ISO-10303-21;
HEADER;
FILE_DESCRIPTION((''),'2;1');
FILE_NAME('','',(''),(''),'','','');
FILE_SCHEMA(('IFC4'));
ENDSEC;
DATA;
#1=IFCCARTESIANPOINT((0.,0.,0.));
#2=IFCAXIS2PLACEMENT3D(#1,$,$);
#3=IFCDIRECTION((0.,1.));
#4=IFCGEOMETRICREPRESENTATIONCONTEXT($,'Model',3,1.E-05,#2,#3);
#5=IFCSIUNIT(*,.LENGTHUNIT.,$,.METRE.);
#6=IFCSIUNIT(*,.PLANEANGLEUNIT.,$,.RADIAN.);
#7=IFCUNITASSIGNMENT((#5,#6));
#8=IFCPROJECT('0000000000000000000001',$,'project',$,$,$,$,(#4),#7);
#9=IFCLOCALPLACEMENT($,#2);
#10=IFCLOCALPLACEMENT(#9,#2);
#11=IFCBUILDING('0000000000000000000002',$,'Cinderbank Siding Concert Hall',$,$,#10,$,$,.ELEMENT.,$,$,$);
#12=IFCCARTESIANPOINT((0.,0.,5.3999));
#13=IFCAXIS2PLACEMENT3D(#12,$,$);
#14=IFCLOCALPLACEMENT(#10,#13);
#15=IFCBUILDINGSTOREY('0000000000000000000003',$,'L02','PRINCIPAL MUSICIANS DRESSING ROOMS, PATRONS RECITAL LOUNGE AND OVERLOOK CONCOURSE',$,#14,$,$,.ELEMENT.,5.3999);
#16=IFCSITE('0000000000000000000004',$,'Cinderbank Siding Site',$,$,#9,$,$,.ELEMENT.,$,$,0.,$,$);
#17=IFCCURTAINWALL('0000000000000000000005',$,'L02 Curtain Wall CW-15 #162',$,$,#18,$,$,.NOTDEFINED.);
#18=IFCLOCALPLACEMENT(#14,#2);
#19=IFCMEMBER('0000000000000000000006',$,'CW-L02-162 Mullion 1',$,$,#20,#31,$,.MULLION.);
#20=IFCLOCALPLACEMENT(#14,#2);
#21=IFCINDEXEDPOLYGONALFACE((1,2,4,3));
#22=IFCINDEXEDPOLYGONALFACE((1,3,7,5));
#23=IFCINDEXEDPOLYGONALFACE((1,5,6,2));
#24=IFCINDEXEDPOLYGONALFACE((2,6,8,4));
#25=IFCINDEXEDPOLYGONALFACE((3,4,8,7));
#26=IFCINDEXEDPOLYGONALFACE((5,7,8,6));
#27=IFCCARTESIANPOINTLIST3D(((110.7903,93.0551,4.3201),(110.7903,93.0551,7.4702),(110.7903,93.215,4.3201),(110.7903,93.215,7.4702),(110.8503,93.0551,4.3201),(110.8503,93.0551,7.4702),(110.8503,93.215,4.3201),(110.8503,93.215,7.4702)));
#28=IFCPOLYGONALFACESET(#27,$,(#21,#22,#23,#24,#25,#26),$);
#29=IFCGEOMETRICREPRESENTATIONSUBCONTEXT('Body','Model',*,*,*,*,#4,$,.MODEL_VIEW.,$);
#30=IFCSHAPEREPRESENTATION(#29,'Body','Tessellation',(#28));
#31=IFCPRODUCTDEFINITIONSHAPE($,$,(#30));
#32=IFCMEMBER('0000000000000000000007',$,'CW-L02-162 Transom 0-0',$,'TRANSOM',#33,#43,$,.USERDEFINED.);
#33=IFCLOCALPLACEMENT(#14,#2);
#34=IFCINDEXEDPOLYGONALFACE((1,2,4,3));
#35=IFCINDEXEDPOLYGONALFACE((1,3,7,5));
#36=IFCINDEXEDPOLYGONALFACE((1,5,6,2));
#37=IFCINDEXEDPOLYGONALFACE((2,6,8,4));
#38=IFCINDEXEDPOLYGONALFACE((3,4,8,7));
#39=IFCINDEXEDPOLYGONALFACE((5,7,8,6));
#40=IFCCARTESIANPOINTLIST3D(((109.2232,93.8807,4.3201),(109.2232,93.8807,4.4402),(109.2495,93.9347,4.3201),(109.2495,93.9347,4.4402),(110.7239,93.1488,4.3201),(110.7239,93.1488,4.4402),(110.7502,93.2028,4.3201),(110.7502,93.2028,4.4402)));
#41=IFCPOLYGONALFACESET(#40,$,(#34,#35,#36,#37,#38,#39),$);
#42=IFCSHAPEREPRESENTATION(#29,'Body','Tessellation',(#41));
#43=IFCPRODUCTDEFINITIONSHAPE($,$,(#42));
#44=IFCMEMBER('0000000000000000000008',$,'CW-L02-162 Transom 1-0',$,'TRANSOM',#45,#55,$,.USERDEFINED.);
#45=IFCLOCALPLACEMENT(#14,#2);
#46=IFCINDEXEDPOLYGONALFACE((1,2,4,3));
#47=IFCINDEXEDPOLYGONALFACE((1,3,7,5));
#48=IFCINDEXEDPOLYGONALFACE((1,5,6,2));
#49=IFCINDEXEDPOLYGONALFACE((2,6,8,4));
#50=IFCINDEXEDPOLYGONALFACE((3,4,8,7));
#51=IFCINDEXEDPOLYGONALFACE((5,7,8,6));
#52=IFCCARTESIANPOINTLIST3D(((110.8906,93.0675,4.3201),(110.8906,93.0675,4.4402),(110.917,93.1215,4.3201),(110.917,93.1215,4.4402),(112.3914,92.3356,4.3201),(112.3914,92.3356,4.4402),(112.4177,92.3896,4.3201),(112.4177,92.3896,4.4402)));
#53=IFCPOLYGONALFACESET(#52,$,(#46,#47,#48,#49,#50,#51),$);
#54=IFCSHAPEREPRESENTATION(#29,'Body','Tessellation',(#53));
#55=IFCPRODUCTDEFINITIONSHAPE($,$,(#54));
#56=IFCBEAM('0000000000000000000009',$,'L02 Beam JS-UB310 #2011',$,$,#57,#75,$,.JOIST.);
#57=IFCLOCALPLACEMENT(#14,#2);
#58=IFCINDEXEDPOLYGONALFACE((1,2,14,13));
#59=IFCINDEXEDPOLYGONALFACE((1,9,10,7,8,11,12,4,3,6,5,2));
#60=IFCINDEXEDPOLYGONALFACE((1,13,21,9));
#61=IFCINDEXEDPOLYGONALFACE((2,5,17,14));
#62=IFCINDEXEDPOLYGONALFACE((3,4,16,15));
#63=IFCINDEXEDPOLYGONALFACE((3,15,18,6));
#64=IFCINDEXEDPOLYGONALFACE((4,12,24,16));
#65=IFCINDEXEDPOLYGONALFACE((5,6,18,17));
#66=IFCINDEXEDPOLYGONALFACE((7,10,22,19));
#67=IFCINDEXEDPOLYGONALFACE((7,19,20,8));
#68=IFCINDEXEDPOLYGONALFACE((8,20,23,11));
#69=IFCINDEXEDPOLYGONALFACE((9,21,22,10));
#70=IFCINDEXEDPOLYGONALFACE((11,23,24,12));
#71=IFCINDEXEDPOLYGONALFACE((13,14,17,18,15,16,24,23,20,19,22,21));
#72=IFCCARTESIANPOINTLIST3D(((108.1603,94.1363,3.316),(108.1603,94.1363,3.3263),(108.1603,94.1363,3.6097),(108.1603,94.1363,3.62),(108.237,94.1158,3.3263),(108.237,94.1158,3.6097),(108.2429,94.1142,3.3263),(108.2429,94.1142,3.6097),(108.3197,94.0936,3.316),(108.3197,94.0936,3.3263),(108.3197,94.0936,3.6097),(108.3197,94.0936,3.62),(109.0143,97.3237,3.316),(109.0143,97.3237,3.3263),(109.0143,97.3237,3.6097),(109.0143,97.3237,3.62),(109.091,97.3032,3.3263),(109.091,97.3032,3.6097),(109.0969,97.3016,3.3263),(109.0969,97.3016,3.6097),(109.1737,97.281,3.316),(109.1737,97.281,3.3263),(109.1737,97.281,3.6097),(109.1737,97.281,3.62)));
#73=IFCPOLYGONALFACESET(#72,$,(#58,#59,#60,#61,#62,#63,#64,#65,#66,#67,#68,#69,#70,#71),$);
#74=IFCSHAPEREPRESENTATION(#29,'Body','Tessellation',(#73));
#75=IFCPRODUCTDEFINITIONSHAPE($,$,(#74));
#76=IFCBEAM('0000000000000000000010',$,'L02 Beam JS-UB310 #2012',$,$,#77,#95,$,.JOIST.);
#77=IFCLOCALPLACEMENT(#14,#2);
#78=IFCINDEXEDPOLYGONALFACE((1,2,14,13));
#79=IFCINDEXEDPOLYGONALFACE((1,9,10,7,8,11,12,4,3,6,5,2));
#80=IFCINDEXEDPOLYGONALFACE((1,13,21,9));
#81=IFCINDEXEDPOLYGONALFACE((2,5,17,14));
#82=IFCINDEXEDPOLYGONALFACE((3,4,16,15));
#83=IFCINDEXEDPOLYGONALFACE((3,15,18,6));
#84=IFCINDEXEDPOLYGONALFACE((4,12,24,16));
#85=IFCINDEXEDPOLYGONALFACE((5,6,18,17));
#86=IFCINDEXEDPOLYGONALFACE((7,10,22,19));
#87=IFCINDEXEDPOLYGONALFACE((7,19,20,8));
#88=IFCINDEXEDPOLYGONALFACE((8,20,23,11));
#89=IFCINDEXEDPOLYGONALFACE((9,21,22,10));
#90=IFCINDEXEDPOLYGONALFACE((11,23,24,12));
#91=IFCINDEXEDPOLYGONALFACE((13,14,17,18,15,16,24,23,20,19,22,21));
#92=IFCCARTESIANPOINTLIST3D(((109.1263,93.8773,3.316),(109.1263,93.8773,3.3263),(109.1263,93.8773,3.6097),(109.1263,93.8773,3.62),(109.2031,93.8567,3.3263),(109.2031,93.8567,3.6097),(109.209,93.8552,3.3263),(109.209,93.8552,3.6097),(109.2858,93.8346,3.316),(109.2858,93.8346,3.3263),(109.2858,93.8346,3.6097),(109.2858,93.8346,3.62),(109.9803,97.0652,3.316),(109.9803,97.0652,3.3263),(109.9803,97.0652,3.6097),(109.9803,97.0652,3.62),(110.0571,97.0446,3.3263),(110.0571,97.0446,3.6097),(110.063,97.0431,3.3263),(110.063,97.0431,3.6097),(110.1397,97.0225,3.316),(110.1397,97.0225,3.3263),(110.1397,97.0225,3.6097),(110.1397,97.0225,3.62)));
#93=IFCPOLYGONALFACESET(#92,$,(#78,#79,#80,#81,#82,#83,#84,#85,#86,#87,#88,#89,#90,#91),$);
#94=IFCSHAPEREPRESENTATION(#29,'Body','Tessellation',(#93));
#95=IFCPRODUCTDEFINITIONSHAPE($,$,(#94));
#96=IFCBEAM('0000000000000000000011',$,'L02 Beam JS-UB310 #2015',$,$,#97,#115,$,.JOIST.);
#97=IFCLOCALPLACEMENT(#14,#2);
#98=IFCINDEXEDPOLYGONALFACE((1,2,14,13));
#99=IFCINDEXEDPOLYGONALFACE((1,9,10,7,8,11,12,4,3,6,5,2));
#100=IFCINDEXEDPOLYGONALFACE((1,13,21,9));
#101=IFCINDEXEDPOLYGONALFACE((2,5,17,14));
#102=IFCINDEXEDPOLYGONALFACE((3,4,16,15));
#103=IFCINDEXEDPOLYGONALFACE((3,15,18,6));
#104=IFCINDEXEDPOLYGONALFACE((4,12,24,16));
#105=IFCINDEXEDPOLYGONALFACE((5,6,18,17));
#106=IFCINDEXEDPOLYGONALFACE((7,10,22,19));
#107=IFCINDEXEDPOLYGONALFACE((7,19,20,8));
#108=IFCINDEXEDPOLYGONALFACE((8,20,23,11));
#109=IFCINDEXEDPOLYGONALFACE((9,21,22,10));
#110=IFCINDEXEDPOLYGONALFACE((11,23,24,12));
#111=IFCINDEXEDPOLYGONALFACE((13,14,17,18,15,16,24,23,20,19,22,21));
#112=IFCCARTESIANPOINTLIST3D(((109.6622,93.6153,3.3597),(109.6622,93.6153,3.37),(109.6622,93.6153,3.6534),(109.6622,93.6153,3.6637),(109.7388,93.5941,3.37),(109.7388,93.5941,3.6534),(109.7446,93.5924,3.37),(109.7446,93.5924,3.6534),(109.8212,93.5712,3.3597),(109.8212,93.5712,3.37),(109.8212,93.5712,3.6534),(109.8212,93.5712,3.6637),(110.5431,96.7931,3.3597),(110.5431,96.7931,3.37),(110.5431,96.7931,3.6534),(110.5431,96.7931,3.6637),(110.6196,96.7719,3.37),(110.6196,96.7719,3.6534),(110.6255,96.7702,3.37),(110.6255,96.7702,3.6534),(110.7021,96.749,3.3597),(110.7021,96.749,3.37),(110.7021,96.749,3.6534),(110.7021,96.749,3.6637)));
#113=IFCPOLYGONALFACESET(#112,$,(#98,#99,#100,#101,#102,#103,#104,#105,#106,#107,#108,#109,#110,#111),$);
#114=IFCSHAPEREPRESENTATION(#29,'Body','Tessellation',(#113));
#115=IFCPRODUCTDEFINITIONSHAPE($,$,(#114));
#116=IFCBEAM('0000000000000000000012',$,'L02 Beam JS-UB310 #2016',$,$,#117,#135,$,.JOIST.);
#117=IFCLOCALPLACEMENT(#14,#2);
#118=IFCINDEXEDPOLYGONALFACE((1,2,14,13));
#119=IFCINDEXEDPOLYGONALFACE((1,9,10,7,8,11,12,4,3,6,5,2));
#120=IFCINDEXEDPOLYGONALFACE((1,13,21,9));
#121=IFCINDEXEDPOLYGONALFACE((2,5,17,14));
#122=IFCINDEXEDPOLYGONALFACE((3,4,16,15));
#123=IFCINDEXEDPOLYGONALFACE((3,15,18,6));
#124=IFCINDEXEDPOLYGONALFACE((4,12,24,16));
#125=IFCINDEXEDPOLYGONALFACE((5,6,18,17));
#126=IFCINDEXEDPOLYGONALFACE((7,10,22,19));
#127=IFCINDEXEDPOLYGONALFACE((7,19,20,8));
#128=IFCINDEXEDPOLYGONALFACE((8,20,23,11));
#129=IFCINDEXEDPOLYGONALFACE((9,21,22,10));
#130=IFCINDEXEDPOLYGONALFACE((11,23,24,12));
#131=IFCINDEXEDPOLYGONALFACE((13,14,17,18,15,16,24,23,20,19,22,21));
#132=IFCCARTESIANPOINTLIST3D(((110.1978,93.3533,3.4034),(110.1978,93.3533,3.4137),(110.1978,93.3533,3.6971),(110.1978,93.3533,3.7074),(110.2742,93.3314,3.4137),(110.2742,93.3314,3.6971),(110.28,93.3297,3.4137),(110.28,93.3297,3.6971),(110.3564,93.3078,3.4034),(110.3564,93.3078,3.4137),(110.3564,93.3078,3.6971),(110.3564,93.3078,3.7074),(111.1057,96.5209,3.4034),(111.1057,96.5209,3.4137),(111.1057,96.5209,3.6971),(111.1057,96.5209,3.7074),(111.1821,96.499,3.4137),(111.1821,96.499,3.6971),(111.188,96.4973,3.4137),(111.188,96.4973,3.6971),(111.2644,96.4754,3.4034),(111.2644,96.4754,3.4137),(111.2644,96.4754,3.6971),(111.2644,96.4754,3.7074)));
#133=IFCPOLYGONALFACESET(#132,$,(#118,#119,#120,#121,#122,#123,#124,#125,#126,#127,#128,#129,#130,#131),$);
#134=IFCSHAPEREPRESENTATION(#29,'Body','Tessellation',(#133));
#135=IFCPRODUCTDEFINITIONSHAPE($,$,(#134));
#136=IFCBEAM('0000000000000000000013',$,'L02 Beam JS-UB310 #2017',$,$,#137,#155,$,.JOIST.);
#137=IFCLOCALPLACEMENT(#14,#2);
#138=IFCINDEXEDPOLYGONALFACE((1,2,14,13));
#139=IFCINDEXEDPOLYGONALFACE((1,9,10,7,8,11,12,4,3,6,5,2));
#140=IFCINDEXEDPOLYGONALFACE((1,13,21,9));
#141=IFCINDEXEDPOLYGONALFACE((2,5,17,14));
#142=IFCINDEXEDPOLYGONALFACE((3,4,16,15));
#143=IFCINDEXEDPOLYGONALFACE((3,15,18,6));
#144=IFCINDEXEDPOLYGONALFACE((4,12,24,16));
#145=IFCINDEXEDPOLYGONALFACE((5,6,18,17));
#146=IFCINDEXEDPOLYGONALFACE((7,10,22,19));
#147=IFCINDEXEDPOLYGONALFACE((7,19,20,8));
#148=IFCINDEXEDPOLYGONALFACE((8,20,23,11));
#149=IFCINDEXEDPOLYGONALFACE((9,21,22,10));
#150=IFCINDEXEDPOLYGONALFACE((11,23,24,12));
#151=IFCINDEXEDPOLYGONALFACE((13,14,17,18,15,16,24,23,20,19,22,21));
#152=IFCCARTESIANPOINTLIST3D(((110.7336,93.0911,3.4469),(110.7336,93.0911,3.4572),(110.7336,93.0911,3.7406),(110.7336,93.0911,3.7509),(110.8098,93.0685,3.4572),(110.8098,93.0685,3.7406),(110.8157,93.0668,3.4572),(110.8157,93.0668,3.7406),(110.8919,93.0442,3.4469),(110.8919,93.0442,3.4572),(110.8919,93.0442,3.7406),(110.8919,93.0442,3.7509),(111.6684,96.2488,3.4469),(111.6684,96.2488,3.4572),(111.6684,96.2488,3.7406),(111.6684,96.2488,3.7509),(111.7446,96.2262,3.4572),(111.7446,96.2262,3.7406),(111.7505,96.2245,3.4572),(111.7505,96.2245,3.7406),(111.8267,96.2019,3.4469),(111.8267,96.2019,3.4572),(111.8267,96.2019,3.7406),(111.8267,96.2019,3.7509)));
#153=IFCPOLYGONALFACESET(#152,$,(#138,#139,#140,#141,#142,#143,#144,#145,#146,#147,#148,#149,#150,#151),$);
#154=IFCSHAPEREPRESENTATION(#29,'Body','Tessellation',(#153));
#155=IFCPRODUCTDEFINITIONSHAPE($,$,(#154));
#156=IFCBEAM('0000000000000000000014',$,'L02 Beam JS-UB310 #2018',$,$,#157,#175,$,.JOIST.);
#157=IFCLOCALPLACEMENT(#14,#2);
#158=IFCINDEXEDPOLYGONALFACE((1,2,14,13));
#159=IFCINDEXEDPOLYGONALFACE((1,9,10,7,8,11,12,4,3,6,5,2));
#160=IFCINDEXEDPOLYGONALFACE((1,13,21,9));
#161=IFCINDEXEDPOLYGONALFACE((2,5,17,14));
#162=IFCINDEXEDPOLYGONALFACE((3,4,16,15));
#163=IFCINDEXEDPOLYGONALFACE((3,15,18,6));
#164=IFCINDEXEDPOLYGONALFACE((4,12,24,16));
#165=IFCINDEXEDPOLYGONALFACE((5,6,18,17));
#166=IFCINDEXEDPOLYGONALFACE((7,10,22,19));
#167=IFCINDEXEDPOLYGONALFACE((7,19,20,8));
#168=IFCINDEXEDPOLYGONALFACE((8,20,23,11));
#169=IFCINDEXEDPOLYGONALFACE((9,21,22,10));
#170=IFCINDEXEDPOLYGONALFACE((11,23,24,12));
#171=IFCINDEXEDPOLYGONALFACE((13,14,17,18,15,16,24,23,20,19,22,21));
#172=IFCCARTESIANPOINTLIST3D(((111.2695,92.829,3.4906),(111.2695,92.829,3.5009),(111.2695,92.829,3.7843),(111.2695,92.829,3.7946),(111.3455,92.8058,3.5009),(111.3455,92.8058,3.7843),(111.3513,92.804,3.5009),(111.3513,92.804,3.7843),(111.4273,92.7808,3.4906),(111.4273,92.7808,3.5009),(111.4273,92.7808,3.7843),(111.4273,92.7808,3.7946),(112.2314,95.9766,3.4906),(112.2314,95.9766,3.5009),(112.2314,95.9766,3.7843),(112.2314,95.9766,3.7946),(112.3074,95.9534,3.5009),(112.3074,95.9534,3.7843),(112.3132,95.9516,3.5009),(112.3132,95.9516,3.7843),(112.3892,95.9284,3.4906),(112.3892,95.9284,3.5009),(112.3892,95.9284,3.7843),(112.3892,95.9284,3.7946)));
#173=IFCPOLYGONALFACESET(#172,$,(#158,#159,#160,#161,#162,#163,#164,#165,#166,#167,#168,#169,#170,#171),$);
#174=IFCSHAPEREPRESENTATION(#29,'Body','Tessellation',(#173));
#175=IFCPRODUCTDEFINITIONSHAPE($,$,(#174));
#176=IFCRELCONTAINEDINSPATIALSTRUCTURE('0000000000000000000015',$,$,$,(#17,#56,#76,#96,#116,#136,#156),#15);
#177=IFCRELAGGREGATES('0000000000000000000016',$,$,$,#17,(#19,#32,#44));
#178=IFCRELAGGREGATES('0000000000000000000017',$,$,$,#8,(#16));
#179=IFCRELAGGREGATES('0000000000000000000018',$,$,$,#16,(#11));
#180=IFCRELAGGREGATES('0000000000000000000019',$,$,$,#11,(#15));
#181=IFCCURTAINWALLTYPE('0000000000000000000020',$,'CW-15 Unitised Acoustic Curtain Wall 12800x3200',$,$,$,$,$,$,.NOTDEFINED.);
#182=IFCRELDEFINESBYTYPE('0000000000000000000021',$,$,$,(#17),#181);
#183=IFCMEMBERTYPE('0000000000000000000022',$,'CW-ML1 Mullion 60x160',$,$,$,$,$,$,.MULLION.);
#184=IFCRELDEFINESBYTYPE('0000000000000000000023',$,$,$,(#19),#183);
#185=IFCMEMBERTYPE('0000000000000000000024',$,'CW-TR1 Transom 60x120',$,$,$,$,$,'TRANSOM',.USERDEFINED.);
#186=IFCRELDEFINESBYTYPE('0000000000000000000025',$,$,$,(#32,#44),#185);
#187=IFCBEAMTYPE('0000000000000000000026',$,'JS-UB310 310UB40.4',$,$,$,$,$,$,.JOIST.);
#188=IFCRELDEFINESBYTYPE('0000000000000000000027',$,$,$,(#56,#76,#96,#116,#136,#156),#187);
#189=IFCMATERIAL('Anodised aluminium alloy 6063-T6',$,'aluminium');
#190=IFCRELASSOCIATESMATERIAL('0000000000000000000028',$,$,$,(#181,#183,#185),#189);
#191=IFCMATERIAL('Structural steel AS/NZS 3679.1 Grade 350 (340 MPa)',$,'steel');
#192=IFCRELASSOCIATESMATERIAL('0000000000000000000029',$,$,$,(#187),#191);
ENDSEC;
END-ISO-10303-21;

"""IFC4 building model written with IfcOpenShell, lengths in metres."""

from ifc_helpers import new_model, si_unit, direction, frame, origin, origin_2d, place, context, subcontext, project, spatial, rectangle, i_section, extrude, material, material_profile, profile_set, type_object, element, aggregate, save


model = new_model("IFC4")

# Units and contexts
model_context = context("Model", 3, precision=1e-05, world=origin(), true_north=direction((0.0, 1.0)))
body_context = subcontext(model_context, "Body", "Model", "MODEL_VIEW")
ifc_project = project(units=[si_unit("LENGTHUNIT", "METRE"), si_unit("PLANEANGLEUNIT", "RADIAN")], contexts=[model_context])

# Site, building, storey
site_placement = place(None, origin())
site = spatial("IfcSite", under=ifc_project, at=site_placement, Name="Cinderbank Siding Site", CompositionType="ELEMENT", RefElevation=0.0)
building_placement = place(site_placement, origin())
building = spatial("IfcBuilding", under=site, at=building_placement, Name="Cinderbank Siding Concert Hall", CompositionType="ELEMENT")
storey_placement = place(building_placement, frame((0.0, 0.0, 5.3999)))
storey = spatial("IfcBuildingStorey", under=building, at=storey_placement, Name="L02", Description="PRINCIPAL MUSICIANS DRESSING ROOMS, PATRONS RECITAL LOUNGE AND OVERLOOK CONCOURSE", CompositionType="ELEMENT", Elevation=5.3999)

# Curtain wall, members
ifc_material_1 = material(Name="Anodised aluminium alloy 6063-T6", Category="aluminium")
curtain_wall_type = type_object("IfcCurtainWallType", Name="CW-15 Unitised Acoustic Curtain Wall 12800x3200", PredefinedType="NOTDEFINED", material=ifc_material_1)
curtain_wall_placement = place(storey_placement, origin())
curtain_wall = element("IfcCurtainWall", 1, at=curtain_wall_placement, inside=storey, type_object=curtain_wall_type, Name="L02 Curtain Wall CW-15 #162", PredefinedType="NOTDEFINED")
ifc_material_profile_1 = material_profile(ifc_material_1, rectangle(XDim=0.0601, YDim=0.1599, at=origin_2d()), Name="ALU-MULL-60x160", Category="LoadBearing")
ifc_profile_set_1 = profile_set([ifc_material_profile_1], Name="Anodised aluminium alloy 6063-T6")
member_type_1 = type_object("IfcMemberType", Name="CW-ML1 Mullion 60x160", PredefinedType="MULLION", material=ifc_profile_set_1)
member_1_placement = place(storey_placement, frame((110.8203, 93.135, 4.3201), z_axis=(0.0, 0.0, 1.0), x_axis=(1.0, 0.0, 0.0)))
member_1 = element("IfcMember", 2, at=member_1_placement, type_object=member_type_1, Name="CW-L02-162 Mullion 1", PredefinedType="MULLION", context=body_context, shape_type="SweptSolid", body=[
    extrude(rectangle(XDim=0.0601, YDim=0.1599, at=origin_2d()), origin(), (0.0, 0.0, 1.0), 3.1501),
])
ifc_material_profile_2 = material_profile(ifc_material_1, rectangle(XDim=0.0601, YDim=0.1201, at=origin_2d()), Name="ALU-TRAN-60x120", Category="LoadBearing")
ifc_profile_set_2 = profile_set([ifc_material_profile_2], Name="Anodised aluminium alloy 6063-T6")
member_type_2 = type_object("IfcMemberType", Name="CW-TR1 Transom 60x120", ElementType="TRANSOM", PredefinedType="USERDEFINED", material=ifc_profile_set_2)
member_2_placement = place(storey_placement, frame((109.2363, 93.9077, 4.3801), z_axis=(0.898799, -0.43836, 0.0), x_axis=(0.43836, 0.898799, 0.0)))
member_2 = element("IfcMember", 3, at=member_2_placement, type_object=member_type_2, Name="CW-L02-162 Transom 0-0", ObjectType="TRANSOM", PredefinedType="USERDEFINED", context=body_context, shape_type="SweptSolid", body=[
    extrude(rectangle(XDim=0.0601, YDim=0.1201, at=origin_2d()), origin(), (0.0, 0.0, 1.0), 1.6697),
])
member_3_placement = place(storey_placement, frame((110.9038, 93.0945, 4.3801), z_axis=(0.898799, -0.43836, 0.0), x_axis=(0.43836, 0.898799, 0.0)))
member_3 = element("IfcMember", 4, at=member_3_placement, type_object=member_type_2, Name="CW-L02-162 Transom 1-0", ObjectType="TRANSOM", PredefinedType="USERDEFINED", context=body_context, shape_type="SweptSolid", body=[
    extrude(rectangle(XDim=0.0601, YDim=0.1201, at=origin_2d()), origin(), (0.0, 0.0, 1.0), 1.6697),
])
aggregate(curtain_wall, [member_1, member_2, member_3])

# Beams
ifc_material_2 = material(Name="Structural steel AS/NZS 3679.1 Grade 350 (340 MPa)", Category="steel")
ifc_material_profile_3 = material_profile(ifc_material_2, i_section(OverallWidth=0.165, OverallDepth=0.304, WebThickness=0.0061, FlangeThickness=0.0103, at=origin_2d()), Name="310UB40.4", Category="LoadBearing")
ifc_profile_set_3 = profile_set([ifc_material_profile_3], Name="Structural steel AS/NZS 3679.1 Grade 350 (340 MPa)")
beam_type_1 = type_object("IfcBeamType", Name="JS-UB310 310UB40.4", PredefinedType="JOIST", material=ifc_profile_set_3)
beam_1_placement = place(storey_placement, frame((108.24, 94.115, 3.468), z_axis=(0.258795, 0.965932, 0.0), x_axis=(-0.965932, 0.258795, 0.0)))
element("IfcBeam", 5, at=beam_1_placement, inside=storey, type_object=beam_type_1, Name="L02 Beam JS-UB310 #2011", PredefinedType="JOIST", context=body_context, shape_type="SweptSolid", body=[
    extrude(i_section(OverallWidth=0.165, OverallDepth=0.304, WebThickness=0.0061, FlangeThickness=0.0103, at=origin_2d()), origin(), (0.0, 0.0, 1.0), 3.2998),
])
beam_2_placement = place(storey_placement, frame((109.2061, 93.856, 3.468), z_axis=(0.258758, 0.965942, 0.0), x_axis=(-0.965942, 0.258758, 0.0)))
element("IfcBeam", 6, at=beam_2_placement, inside=storey, type_object=beam_type_1, Name="L02 Beam JS-UB310 #2012", PredefinedType="JOIST", context=body_context, shape_type="SweptSolid", body=[
    extrude(i_section(OverallWidth=0.165, OverallDepth=0.304, WebThickness=0.0061, FlangeThickness=0.0103, at=origin_2d()), origin(), (0.0, 0.0, 1.0), 3.3003),
])
beam_3_placement = place(storey_placement, frame((109.7417, 93.5933, 3.5117), z_axis=(0.267125, 0.963662, 0.0), x_axis=(-0.963662, 0.267125, 0.0)))
element("IfcBeam", 7, at=beam_3_placement, inside=storey, type_object=beam_type_1, Name="L02 Beam JS-UB310 #2015", PredefinedType="JOIST", context=body_context, shape_type="SweptSolid", body=[
    extrude(i_section(OverallWidth=0.165, OverallDepth=0.304, WebThickness=0.0061, FlangeThickness=0.0103, at=origin_2d()), origin(), (0.0, 0.0, 1.0), 3.2976),
])
beam_4_placement = place(storey_placement, frame((110.2771, 93.3306, 3.5554), z_axis=(0.275533, 0.961292, 0.0), x_axis=(-0.961292, 0.275533, 0.0)))
element("IfcBeam", 8, at=beam_4_placement, inside=storey, type_object=beam_type_1, Name="L02 Beam JS-UB310 #2016", PredefinedType="JOIST", context=body_context, shape_type="SweptSolid", body=[
    extrude(i_section(OverallWidth=0.165, OverallDepth=0.304, WebThickness=0.0061, FlangeThickness=0.0103, at=origin_2d()), origin(), (0.0, 0.0, 1.0), 3.2952),
])
beam_5_placement = place(storey_placement, frame((110.8127, 93.0676, 3.5989), z_axis=(0.283864, 0.958865, 0.0), x_axis=(-0.958865, 0.283864, 0.0)))
element("IfcBeam", 9, at=beam_5_placement, inside=storey, type_object=beam_type_1, Name="L02 Beam JS-UB310 #2017", PredefinedType="JOIST", context=body_context, shape_type="SweptSolid", body=[
    extrude(i_section(OverallWidth=0.165, OverallDepth=0.304, WebThickness=0.0061, FlangeThickness=0.0103, at=origin_2d()), origin(), (0.0, 0.0, 1.0), 3.2932),
])
beam_6_placement = place(storey_placement, frame((111.3484, 92.8049, 3.6426), z_axis=(0.292271, 0.956335, 0.0), x_axis=(-0.956335, 0.292271, 0.0)))
element("IfcBeam", 10, at=beam_6_placement, inside=storey, type_object=beam_type_1, Name="L02 Beam JS-UB310 #2018", PredefinedType="JOIST", context=body_context, shape_type="SweptSolid", body=[
    extrude(i_section(OverallWidth=0.165, OverallDepth=0.304, WebThickness=0.0061, FlangeThickness=0.0103, at=origin_2d()), origin(), (0.0, 0.0, 1.0), 3.2913),
])

save(model, "model.ifc")
